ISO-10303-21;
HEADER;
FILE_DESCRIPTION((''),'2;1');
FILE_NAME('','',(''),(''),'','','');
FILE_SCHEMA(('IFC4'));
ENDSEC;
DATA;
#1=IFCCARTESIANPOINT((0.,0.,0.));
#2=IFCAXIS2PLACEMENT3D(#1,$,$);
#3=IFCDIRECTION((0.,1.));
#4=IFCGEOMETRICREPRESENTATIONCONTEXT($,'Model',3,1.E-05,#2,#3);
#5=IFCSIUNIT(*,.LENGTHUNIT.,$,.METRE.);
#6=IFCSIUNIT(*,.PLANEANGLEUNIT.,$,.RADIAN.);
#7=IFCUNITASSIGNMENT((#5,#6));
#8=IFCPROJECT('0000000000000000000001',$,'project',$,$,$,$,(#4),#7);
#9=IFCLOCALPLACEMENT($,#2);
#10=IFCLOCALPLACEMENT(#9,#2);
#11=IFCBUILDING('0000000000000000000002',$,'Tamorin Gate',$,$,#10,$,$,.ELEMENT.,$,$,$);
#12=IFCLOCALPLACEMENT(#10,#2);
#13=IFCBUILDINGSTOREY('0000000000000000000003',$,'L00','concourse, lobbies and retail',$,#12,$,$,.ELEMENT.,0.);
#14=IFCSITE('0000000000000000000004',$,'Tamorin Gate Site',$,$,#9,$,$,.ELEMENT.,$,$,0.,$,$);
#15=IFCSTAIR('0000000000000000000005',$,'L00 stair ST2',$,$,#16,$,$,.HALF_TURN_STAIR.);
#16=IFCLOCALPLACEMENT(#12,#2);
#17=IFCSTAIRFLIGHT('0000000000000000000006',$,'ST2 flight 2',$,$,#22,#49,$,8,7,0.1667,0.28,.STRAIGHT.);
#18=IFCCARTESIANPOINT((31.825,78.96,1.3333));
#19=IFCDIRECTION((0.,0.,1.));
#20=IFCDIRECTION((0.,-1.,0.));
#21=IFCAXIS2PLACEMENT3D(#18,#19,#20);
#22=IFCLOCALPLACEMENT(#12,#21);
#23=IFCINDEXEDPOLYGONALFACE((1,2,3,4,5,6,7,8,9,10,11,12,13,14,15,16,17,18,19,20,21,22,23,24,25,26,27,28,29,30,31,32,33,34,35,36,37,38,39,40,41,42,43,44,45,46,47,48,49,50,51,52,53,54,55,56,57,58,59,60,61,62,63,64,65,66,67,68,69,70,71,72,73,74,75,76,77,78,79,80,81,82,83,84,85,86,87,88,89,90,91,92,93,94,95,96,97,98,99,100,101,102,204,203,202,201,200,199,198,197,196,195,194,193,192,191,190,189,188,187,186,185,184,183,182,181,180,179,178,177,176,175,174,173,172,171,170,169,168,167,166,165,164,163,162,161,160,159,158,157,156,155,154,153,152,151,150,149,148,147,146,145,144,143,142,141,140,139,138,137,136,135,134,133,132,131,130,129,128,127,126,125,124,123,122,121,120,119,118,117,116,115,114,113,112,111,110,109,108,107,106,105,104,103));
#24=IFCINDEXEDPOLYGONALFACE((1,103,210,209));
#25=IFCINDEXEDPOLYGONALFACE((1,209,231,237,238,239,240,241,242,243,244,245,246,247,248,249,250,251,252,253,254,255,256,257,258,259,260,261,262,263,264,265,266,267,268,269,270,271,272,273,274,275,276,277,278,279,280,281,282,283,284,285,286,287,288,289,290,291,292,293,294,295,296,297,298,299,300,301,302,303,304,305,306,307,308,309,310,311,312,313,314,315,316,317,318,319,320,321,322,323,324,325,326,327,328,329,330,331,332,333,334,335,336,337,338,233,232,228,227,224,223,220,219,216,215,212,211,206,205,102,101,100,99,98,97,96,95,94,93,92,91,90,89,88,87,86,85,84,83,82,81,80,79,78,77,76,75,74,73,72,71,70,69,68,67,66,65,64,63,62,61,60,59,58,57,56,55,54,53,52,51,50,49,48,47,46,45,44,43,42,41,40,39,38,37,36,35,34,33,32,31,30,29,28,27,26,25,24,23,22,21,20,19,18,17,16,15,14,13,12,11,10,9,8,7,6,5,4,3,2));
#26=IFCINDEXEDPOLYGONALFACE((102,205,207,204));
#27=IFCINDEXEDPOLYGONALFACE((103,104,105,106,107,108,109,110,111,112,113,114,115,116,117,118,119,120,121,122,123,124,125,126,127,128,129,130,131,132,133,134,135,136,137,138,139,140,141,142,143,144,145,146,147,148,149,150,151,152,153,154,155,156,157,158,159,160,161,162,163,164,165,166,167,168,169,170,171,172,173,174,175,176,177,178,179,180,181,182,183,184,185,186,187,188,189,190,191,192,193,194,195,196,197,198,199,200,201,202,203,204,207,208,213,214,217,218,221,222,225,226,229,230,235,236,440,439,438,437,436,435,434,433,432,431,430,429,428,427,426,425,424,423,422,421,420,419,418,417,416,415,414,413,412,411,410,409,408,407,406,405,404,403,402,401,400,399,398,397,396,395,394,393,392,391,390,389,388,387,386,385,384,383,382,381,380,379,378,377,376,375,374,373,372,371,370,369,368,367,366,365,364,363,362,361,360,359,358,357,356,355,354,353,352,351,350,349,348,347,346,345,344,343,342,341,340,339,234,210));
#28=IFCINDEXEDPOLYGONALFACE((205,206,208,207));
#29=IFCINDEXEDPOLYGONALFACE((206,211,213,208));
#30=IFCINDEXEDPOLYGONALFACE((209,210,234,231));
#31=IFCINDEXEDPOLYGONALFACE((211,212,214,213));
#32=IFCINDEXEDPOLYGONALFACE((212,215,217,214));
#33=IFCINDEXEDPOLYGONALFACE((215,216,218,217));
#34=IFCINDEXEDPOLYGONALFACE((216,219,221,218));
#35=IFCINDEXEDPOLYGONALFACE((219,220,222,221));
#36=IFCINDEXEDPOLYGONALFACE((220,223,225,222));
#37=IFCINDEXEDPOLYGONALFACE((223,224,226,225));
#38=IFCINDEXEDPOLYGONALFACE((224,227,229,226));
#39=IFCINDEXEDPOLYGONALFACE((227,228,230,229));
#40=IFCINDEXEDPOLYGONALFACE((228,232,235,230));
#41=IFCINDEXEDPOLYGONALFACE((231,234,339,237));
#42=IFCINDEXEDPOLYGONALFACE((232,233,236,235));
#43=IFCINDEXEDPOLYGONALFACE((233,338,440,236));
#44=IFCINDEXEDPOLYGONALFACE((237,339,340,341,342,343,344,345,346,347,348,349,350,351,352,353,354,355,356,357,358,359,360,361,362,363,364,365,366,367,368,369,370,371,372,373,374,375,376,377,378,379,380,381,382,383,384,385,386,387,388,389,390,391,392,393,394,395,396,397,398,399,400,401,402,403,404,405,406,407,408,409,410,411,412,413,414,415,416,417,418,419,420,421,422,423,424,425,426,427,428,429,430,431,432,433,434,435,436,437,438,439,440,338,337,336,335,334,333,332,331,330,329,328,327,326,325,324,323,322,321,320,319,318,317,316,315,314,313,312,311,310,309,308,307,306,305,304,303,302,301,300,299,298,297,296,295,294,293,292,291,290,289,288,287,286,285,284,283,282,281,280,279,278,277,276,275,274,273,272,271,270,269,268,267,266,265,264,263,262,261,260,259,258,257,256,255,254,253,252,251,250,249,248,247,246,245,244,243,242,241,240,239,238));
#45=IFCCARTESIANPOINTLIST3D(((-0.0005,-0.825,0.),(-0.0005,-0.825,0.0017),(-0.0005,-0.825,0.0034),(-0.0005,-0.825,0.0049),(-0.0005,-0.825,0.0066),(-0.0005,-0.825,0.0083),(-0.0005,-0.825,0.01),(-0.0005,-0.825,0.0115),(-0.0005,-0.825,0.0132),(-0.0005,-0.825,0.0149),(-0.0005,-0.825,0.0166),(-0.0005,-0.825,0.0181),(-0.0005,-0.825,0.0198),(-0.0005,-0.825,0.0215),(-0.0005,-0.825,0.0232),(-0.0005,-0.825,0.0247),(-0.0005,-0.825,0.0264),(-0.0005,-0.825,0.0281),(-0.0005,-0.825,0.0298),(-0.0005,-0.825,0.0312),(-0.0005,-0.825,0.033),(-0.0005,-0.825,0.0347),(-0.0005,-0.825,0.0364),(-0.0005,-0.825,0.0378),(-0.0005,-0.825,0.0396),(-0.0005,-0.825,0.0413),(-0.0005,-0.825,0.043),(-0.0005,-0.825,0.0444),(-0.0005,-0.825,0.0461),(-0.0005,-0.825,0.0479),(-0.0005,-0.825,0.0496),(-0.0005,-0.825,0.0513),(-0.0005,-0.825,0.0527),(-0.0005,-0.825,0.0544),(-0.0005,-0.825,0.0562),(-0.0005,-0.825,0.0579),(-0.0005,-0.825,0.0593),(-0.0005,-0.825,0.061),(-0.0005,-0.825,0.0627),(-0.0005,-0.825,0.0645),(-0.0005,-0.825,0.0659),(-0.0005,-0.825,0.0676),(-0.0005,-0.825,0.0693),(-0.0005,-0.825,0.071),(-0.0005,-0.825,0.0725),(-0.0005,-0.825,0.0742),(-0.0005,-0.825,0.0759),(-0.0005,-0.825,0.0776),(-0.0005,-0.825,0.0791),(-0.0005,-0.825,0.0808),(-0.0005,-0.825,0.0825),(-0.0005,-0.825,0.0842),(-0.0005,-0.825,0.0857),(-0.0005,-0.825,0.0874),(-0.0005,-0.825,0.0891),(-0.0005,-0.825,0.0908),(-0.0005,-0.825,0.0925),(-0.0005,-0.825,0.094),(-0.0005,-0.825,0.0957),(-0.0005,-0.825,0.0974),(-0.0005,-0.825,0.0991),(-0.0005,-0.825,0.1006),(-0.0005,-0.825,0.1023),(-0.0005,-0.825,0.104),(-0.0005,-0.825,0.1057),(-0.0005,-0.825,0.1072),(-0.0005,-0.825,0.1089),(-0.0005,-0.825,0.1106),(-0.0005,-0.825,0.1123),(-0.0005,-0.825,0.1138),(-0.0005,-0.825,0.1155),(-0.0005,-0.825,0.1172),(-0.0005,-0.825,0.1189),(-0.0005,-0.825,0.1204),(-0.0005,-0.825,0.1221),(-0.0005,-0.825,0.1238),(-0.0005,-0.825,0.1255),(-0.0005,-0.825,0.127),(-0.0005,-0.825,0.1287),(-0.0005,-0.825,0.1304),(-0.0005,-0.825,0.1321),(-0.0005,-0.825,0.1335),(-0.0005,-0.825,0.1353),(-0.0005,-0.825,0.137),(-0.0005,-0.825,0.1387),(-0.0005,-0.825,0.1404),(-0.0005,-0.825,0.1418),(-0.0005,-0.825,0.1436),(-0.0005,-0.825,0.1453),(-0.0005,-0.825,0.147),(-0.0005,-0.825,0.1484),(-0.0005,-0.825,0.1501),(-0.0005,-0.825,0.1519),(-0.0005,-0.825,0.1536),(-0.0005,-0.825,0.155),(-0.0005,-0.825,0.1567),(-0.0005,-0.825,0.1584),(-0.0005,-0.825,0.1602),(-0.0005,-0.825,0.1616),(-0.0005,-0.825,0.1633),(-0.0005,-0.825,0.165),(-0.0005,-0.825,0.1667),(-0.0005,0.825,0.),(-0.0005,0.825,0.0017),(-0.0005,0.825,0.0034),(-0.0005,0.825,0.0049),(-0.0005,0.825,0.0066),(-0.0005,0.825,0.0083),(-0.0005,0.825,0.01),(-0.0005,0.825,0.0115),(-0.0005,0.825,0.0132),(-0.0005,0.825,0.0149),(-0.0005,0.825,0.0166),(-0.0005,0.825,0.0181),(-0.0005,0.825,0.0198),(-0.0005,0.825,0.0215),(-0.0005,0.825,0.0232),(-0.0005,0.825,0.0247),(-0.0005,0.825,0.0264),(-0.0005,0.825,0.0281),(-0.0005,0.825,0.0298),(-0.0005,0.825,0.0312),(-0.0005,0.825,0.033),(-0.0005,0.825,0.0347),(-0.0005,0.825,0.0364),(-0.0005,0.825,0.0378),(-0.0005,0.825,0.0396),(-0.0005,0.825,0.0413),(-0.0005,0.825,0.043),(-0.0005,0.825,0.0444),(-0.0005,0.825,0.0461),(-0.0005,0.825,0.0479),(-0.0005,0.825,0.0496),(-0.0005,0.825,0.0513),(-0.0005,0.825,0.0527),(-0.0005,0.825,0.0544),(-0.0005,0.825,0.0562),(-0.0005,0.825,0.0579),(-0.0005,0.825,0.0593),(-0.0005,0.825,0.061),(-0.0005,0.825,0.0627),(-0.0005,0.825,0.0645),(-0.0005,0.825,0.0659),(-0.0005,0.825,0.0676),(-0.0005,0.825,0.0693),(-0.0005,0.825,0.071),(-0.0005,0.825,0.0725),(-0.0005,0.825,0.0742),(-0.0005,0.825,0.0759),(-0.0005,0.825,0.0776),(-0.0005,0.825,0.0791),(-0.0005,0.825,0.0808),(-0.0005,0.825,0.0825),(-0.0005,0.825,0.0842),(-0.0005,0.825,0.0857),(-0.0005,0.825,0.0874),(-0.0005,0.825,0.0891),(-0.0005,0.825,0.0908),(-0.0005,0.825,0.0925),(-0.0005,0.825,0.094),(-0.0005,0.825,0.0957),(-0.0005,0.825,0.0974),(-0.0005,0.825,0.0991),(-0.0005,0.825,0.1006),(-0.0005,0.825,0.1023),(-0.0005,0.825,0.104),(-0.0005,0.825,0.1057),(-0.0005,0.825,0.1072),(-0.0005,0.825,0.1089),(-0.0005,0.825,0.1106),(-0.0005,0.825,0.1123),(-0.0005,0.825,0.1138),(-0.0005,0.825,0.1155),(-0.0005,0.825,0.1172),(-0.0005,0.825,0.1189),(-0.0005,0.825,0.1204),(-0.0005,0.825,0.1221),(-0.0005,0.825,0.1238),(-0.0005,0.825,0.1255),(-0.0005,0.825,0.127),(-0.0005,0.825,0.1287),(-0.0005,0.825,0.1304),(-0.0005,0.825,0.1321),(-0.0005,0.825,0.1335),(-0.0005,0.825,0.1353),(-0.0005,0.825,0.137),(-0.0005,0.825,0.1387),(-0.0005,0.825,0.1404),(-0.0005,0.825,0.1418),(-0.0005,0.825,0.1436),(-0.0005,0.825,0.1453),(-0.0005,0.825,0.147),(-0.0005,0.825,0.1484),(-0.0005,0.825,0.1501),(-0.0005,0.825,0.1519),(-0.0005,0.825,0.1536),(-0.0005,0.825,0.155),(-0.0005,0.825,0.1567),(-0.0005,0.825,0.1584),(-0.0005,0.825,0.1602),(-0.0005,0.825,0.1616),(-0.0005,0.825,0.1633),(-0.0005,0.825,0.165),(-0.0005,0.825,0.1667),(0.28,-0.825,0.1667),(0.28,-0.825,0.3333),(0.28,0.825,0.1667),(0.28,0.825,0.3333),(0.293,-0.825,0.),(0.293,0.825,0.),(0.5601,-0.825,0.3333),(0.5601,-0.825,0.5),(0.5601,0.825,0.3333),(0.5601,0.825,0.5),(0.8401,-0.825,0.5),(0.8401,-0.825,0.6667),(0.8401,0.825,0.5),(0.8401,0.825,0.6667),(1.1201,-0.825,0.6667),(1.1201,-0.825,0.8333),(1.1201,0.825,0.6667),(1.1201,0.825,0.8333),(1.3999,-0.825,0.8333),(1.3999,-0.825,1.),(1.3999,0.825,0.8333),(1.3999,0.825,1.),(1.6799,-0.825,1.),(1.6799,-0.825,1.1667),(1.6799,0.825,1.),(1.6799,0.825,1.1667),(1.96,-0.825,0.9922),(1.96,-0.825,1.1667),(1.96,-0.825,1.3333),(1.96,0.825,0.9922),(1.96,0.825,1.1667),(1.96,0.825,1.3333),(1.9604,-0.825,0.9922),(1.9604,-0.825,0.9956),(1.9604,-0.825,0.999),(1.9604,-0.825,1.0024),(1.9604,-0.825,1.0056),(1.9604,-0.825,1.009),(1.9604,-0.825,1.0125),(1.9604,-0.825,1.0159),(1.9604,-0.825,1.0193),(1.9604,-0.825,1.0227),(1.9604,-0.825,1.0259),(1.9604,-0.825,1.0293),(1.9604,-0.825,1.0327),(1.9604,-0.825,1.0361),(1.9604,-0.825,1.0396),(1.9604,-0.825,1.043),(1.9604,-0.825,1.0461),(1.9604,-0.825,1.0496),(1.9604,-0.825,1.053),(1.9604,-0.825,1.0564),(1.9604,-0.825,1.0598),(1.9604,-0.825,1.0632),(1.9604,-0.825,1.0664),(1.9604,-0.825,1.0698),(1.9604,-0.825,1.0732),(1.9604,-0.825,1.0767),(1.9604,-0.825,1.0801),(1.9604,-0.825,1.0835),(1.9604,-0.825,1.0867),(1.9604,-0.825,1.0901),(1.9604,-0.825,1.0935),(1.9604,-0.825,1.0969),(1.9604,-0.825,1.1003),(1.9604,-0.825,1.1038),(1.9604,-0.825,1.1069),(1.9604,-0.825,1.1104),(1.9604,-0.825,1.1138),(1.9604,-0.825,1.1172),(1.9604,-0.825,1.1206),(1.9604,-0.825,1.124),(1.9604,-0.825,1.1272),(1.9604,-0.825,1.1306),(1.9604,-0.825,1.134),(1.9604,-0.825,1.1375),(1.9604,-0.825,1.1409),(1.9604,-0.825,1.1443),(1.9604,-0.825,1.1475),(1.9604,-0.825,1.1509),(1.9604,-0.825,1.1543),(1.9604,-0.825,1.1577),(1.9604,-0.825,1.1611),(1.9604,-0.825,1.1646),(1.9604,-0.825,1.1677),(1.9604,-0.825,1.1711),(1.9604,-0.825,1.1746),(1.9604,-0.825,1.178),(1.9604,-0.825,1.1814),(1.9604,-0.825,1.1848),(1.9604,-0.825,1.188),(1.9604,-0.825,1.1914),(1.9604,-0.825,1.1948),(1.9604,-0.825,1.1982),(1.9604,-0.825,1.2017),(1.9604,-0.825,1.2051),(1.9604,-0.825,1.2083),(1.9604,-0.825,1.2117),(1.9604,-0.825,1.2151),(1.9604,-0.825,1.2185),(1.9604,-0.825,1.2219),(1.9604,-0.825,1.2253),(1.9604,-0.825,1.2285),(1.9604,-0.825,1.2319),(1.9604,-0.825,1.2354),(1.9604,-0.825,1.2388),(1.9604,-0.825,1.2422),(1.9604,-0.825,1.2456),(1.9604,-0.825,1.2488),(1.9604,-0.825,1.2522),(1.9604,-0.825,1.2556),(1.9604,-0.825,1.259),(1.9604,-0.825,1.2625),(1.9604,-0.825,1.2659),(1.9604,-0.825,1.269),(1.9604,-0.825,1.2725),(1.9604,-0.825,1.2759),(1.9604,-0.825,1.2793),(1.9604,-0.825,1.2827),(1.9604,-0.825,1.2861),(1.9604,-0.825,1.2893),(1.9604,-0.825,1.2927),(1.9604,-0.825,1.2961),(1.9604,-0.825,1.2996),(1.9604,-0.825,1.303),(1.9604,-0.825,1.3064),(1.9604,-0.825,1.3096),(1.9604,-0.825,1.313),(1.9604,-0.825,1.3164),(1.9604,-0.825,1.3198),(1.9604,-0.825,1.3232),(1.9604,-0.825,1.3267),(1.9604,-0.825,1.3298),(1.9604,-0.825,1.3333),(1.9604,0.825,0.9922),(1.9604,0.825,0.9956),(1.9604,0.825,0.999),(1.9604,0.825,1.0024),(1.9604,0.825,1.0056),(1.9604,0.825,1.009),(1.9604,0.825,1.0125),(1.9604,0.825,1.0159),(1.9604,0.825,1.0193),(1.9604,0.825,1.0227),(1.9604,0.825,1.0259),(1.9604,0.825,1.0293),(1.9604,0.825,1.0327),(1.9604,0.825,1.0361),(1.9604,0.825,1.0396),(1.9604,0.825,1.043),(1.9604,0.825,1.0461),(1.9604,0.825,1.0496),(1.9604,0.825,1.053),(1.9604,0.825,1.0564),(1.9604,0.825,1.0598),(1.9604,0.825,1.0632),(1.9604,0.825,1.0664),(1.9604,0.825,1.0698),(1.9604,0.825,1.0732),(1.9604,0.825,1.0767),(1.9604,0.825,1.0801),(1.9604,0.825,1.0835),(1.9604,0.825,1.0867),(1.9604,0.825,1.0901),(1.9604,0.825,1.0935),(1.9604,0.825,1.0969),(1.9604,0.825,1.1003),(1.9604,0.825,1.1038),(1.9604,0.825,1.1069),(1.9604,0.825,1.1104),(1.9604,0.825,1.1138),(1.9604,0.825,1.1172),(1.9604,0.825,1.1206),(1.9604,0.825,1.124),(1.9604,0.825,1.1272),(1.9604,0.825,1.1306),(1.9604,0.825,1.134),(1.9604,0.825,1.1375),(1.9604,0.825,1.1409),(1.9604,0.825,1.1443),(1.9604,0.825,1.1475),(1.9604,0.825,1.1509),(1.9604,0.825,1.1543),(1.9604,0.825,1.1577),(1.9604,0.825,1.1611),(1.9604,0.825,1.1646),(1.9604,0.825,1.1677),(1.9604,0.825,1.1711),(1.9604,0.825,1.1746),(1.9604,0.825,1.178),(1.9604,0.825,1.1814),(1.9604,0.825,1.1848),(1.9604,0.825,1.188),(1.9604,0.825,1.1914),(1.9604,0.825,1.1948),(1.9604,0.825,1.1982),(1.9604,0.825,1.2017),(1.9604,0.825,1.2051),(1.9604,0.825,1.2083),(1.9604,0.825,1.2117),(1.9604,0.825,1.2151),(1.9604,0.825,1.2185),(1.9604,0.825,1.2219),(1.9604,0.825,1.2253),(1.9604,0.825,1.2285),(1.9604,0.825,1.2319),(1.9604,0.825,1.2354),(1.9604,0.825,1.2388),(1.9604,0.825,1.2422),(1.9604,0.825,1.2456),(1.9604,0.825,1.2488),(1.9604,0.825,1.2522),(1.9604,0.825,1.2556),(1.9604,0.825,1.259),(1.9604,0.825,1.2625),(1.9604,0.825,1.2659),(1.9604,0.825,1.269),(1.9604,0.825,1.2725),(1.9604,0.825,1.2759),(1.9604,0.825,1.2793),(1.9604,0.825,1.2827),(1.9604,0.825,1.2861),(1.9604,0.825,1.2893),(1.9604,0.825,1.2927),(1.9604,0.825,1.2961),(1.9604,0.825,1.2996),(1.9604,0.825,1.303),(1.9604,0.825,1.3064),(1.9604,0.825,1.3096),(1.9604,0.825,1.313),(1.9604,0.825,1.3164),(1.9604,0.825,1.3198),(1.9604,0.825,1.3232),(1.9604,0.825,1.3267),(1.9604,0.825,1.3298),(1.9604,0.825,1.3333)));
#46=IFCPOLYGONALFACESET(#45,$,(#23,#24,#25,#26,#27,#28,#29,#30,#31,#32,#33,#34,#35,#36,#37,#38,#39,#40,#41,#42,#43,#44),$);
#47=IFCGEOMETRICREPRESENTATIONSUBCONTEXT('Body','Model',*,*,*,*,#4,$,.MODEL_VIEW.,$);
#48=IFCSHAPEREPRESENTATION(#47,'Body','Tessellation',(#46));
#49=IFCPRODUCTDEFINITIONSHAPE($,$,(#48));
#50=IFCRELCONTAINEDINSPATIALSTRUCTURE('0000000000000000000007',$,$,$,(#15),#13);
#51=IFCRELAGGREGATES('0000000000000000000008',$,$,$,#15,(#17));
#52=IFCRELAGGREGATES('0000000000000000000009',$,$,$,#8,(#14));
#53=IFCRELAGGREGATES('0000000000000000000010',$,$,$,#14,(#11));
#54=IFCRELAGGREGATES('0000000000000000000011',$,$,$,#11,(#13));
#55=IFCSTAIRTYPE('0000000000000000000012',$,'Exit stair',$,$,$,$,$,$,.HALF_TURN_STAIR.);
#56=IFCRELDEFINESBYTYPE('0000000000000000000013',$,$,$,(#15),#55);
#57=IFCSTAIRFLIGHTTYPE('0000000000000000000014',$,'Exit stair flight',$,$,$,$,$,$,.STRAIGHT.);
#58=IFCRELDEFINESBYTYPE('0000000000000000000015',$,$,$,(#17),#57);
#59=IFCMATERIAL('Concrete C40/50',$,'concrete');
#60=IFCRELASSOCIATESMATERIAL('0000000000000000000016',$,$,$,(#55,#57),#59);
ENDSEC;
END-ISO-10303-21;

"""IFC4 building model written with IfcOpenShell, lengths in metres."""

from ifc_helpers import new_model, si_unit, direction, frame, origin, place, context, subcontext, project, spatial, polyline, outline, extrude, material, type_object, element, aggregate, save


model = new_model("IFC4")

# Units and contexts
model_context = context("Model", 3, precision=1e-05, world=origin(), true_north=direction((0.0, 1.0)))
body_context = subcontext(model_context, "Body", "Model", "MODEL_VIEW")
ifc_project = project(units=[si_unit("LENGTHUNIT", "METRE"), si_unit("PLANEANGLEUNIT", "RADIAN")], contexts=[model_context])

# Site, building, storey
site_placement = place(None, origin())
site = spatial("IfcSite", under=ifc_project, at=site_placement, Name="Tamorin Gate Site", CompositionType="ELEMENT", RefElevation=0.0)
building_placement = place(site_placement, origin())
building = spatial("IfcBuilding", under=site, at=building_placement, Name="Tamorin Gate", CompositionType="ELEMENT")
storey_placement = place(building_placement, origin())
storey = spatial("IfcBuildingStorey", under=building, at=storey_placement, Name="L00", Description="concourse, lobbies and retail", CompositionType="ELEMENT", Elevation=0.0)

# Shared definitions
ifc_material_1 = material(Name="Concrete C40/50", Category="concrete")

# Stair, stair flight
stair_type = type_object("IfcStairType", Name="Exit stair", PredefinedType="HALF_TURN_STAIR", material=ifc_material_1)
stair_placement = place(storey_placement, origin())
stair = element("IfcStair", 1, at=stair_placement, inside=storey, type_object=stair_type, Name="L00 stair ST2", PredefinedType="HALF_TURN_STAIR")
stair_flight_type = type_object("IfcStairFlightType", Name="Exit stair flight", PredefinedType="STRAIGHT", material=ifc_material_1)
stair_flight_1_placement = place(storey_placement, frame((31.825, 78.96, 1.3333), z_axis=(0.0, 0.0, 1.0), x_axis=(0.0, -1.0, 0.0)))
stair_flight_1 = element("IfcStairFlight", 2, at=stair_flight_1_placement, type_object=stair_flight_type, Name="ST2 flight 2", NumberOfRisers=8, NumberOfTreads=7, PredefinedType="STRAIGHT", RiserHeight=0.1667, TreadLength=0.28, context=body_context, shape_type="SweptSolid", body=[
    extrude(outline(polyline([(-0.0005, 0.0), (-0.0005, 0.0017), (-0.0005, 0.0034), (-0.0005, 0.0049), (-0.0005, 0.0066), (-0.0005, 0.0083), (-0.0005, 0.01), (-0.0005, 0.0115), (-0.0005, 0.0132), (-0.0005, 0.0149), (-0.0005, 0.0166), (-0.0005, 0.0181), (-0.0005, 0.0198), (-0.0005, 0.0215), (-0.0005, 0.0232), (-0.0005, 0.0247), (-0.0005, 0.0264), (-0.0005, 0.0281), (-0.0005, 0.0298), (-0.0005, 0.0312), (-0.0005, 0.033), (-0.0005, 0.0347), (-0.0005, 0.0364), (-0.0005, 0.0378), (-0.0005, 0.0396), (-0.0005, 0.0413), (-0.0005, 0.043), (-0.0005, 0.0444), (-0.0005, 0.0461), (-0.0005, 0.0479), (-0.0005, 0.0496), (-0.0005, 0.0513), (-0.0005, 0.0527), (-0.0005, 0.0544), (-0.0005, 0.0562), (-0.0005, 0.0579), (-0.0005, 0.0593), (-0.0005, 0.061), (-0.0005, 0.0627), (-0.0005, 0.0645), (-0.0005, 0.0659), (-0.0005, 0.0676), (-0.0005, 0.0693), (-0.0005, 0.071), (-0.0005, 0.0725), (-0.0005, 0.0742), (-0.0005, 0.0759), (-0.0005, 0.0776), (-0.0005, 0.0791), (-0.0005, 0.0808), (-0.0005, 0.0825), (-0.0005, 0.0842), (-0.0005, 0.0857), (-0.0005, 0.0874), (-0.0005, 0.0891), (-0.0005, 0.0908), (-0.0005, 0.0925), (-0.0005, 0.094), (-0.0005, 0.0957), (-0.0005, 0.0974), (-0.0005, 0.0991), (-0.0005, 0.1006), (-0.0005, 0.1023), (-0.0005, 0.104), (-0.0005, 0.1057), (-0.0005, 0.1072), (-0.0005, 0.1089), (-0.0005, 0.1106), (-0.0005, 0.1123), (-0.0005, 0.1138), (-0.0005, 0.1155), (-0.0005, 0.1172), (-0.0005, 0.1189), (-0.0005, 0.1204), (-0.0005, 0.1221), (-0.0005, 0.1238), (-0.0005, 0.1255), (-0.0005, 0.127), (-0.0005, 0.1287), (-0.0005, 0.1304), (-0.0005, 0.1321), (-0.0005, 0.1335), (-0.0005, 0.1353), (-0.0005, 0.137), (-0.0005, 0.1387), (-0.0005, 0.1404), (-0.0005, 0.1418), (-0.0005, 0.1436), (-0.0005, 0.1453), (-0.0005, 0.147), (-0.0005, 0.1484), (-0.0005, 0.1501), (-0.0005, 0.1519), (-0.0005, 0.1536), (-0.0005, 0.155), (-0.0005, 0.1567), (-0.0005, 0.1584), (-0.0005, 0.1602), (-0.0005, 0.1616), (-0.0005, 0.1633), (-0.0005, 0.165), (-0.0005, 0.1667), (0.28, 0.1667), (0.28, 0.3333), (0.5601, 0.3333), (0.5601, 0.5), (0.8401, 0.5), (0.8401, 0.6667), (1.1201, 0.6667), (1.1201, 0.8333), (1.3999, 0.8333), (1.3999, 1.0), (1.6799, 1.0), (1.6799, 1.1667), (1.96, 1.1667), (1.96, 1.3333), (1.9604, 1.3333), (1.9604, 1.3298), (1.9604, 1.3267), (1.9604, 1.3232), (1.9604, 1.3198), (1.9604, 1.3164), (1.9604, 1.313), (1.9604, 1.3096), (1.9604, 1.3064), (1.9604, 1.303), (1.9604, 1.2996), (1.9604, 1.2961), (1.9604, 1.2927), (1.9604, 1.2893), (1.9604, 1.2861), (1.9604, 1.2827), (1.9604, 1.2793), (1.9604, 1.2759), (1.9604, 1.2725), (1.9604, 1.269), (1.9604, 1.2659), (1.9604, 1.2625), (1.9604, 1.259), (1.9604, 1.2556), (1.9604, 1.2522), (1.9604, 1.2488), (1.9604, 1.2456), (1.9604, 1.2422), (1.9604, 1.2388), (1.9604, 1.2354), (1.9604, 1.2319), (1.9604, 1.2285), (1.9604, 1.2253), (1.9604, 1.2219), (1.9604, 1.2185), (1.9604, 1.2151), (1.9604, 1.2117), (1.9604, 1.2083), (1.9604, 1.2051), (1.9604, 1.2017), (1.9604, 1.1982), (1.9604, 1.1948), (1.9604, 1.1914), (1.9604, 1.188), (1.9604, 1.1848), (1.9604, 1.1814), (1.9604, 1.178), (1.9604, 1.1746), (1.9604, 1.1711), (1.9604, 1.1677), (1.9604, 1.1646), (1.9604, 1.1611), (1.9604, 1.1577), (1.9604, 1.1543), (1.9604, 1.1509), (1.9604, 1.1475), (1.9604, 1.1443), (1.9604, 1.1409), (1.9604, 1.1375), (1.9604, 1.134), (1.9604, 1.1306), (1.9604, 1.1272), (1.9604, 1.124), (1.9604, 1.1206), (1.9604, 1.1172), (1.9604, 1.1138), (1.9604, 1.1104), (1.9604, 1.1069), (1.9604, 1.1038), (1.9604, 1.1003), (1.9604, 1.0969), (1.9604, 1.0935), (1.9604, 1.0901), (1.9604, 1.0867), (1.9604, 1.0835), (1.9604, 1.0801), (1.9604, 1.0767), (1.9604, 1.0732), (1.9604, 1.0698), (1.9604, 1.0664), (1.9604, 1.0632), (1.9604, 1.0598), (1.9604, 1.0564), (1.9604, 1.053), (1.9604, 1.0496), (1.9604, 1.0461), (1.9604, 1.043), (1.9604, 1.0396), (1.9604, 1.0361), (1.9604, 1.0327), (1.9604, 1.0293), (1.9604, 1.0259), (1.9604, 1.0227), (1.9604, 1.0193), (1.9604, 1.0159), (1.9604, 1.0125), (1.9604, 1.009), (1.9604, 1.0056), (1.9604, 1.0024), (1.9604, 0.999), (1.9604, 0.9956), (1.9604, 0.9922), (1.96, 0.9922), (0.293, 0.0), (-0.0005, 0.0)])), frame((0.0, 0.825, 0.0), z_axis=(0.0, -1.0, 0.0), x_axis=(1.0, 0.0, 0.0)), (0.0, 0.0, 1.0), 1.6499),
])
aggregate(stair, [stair_flight_1])

save(model, "model.ifc")
